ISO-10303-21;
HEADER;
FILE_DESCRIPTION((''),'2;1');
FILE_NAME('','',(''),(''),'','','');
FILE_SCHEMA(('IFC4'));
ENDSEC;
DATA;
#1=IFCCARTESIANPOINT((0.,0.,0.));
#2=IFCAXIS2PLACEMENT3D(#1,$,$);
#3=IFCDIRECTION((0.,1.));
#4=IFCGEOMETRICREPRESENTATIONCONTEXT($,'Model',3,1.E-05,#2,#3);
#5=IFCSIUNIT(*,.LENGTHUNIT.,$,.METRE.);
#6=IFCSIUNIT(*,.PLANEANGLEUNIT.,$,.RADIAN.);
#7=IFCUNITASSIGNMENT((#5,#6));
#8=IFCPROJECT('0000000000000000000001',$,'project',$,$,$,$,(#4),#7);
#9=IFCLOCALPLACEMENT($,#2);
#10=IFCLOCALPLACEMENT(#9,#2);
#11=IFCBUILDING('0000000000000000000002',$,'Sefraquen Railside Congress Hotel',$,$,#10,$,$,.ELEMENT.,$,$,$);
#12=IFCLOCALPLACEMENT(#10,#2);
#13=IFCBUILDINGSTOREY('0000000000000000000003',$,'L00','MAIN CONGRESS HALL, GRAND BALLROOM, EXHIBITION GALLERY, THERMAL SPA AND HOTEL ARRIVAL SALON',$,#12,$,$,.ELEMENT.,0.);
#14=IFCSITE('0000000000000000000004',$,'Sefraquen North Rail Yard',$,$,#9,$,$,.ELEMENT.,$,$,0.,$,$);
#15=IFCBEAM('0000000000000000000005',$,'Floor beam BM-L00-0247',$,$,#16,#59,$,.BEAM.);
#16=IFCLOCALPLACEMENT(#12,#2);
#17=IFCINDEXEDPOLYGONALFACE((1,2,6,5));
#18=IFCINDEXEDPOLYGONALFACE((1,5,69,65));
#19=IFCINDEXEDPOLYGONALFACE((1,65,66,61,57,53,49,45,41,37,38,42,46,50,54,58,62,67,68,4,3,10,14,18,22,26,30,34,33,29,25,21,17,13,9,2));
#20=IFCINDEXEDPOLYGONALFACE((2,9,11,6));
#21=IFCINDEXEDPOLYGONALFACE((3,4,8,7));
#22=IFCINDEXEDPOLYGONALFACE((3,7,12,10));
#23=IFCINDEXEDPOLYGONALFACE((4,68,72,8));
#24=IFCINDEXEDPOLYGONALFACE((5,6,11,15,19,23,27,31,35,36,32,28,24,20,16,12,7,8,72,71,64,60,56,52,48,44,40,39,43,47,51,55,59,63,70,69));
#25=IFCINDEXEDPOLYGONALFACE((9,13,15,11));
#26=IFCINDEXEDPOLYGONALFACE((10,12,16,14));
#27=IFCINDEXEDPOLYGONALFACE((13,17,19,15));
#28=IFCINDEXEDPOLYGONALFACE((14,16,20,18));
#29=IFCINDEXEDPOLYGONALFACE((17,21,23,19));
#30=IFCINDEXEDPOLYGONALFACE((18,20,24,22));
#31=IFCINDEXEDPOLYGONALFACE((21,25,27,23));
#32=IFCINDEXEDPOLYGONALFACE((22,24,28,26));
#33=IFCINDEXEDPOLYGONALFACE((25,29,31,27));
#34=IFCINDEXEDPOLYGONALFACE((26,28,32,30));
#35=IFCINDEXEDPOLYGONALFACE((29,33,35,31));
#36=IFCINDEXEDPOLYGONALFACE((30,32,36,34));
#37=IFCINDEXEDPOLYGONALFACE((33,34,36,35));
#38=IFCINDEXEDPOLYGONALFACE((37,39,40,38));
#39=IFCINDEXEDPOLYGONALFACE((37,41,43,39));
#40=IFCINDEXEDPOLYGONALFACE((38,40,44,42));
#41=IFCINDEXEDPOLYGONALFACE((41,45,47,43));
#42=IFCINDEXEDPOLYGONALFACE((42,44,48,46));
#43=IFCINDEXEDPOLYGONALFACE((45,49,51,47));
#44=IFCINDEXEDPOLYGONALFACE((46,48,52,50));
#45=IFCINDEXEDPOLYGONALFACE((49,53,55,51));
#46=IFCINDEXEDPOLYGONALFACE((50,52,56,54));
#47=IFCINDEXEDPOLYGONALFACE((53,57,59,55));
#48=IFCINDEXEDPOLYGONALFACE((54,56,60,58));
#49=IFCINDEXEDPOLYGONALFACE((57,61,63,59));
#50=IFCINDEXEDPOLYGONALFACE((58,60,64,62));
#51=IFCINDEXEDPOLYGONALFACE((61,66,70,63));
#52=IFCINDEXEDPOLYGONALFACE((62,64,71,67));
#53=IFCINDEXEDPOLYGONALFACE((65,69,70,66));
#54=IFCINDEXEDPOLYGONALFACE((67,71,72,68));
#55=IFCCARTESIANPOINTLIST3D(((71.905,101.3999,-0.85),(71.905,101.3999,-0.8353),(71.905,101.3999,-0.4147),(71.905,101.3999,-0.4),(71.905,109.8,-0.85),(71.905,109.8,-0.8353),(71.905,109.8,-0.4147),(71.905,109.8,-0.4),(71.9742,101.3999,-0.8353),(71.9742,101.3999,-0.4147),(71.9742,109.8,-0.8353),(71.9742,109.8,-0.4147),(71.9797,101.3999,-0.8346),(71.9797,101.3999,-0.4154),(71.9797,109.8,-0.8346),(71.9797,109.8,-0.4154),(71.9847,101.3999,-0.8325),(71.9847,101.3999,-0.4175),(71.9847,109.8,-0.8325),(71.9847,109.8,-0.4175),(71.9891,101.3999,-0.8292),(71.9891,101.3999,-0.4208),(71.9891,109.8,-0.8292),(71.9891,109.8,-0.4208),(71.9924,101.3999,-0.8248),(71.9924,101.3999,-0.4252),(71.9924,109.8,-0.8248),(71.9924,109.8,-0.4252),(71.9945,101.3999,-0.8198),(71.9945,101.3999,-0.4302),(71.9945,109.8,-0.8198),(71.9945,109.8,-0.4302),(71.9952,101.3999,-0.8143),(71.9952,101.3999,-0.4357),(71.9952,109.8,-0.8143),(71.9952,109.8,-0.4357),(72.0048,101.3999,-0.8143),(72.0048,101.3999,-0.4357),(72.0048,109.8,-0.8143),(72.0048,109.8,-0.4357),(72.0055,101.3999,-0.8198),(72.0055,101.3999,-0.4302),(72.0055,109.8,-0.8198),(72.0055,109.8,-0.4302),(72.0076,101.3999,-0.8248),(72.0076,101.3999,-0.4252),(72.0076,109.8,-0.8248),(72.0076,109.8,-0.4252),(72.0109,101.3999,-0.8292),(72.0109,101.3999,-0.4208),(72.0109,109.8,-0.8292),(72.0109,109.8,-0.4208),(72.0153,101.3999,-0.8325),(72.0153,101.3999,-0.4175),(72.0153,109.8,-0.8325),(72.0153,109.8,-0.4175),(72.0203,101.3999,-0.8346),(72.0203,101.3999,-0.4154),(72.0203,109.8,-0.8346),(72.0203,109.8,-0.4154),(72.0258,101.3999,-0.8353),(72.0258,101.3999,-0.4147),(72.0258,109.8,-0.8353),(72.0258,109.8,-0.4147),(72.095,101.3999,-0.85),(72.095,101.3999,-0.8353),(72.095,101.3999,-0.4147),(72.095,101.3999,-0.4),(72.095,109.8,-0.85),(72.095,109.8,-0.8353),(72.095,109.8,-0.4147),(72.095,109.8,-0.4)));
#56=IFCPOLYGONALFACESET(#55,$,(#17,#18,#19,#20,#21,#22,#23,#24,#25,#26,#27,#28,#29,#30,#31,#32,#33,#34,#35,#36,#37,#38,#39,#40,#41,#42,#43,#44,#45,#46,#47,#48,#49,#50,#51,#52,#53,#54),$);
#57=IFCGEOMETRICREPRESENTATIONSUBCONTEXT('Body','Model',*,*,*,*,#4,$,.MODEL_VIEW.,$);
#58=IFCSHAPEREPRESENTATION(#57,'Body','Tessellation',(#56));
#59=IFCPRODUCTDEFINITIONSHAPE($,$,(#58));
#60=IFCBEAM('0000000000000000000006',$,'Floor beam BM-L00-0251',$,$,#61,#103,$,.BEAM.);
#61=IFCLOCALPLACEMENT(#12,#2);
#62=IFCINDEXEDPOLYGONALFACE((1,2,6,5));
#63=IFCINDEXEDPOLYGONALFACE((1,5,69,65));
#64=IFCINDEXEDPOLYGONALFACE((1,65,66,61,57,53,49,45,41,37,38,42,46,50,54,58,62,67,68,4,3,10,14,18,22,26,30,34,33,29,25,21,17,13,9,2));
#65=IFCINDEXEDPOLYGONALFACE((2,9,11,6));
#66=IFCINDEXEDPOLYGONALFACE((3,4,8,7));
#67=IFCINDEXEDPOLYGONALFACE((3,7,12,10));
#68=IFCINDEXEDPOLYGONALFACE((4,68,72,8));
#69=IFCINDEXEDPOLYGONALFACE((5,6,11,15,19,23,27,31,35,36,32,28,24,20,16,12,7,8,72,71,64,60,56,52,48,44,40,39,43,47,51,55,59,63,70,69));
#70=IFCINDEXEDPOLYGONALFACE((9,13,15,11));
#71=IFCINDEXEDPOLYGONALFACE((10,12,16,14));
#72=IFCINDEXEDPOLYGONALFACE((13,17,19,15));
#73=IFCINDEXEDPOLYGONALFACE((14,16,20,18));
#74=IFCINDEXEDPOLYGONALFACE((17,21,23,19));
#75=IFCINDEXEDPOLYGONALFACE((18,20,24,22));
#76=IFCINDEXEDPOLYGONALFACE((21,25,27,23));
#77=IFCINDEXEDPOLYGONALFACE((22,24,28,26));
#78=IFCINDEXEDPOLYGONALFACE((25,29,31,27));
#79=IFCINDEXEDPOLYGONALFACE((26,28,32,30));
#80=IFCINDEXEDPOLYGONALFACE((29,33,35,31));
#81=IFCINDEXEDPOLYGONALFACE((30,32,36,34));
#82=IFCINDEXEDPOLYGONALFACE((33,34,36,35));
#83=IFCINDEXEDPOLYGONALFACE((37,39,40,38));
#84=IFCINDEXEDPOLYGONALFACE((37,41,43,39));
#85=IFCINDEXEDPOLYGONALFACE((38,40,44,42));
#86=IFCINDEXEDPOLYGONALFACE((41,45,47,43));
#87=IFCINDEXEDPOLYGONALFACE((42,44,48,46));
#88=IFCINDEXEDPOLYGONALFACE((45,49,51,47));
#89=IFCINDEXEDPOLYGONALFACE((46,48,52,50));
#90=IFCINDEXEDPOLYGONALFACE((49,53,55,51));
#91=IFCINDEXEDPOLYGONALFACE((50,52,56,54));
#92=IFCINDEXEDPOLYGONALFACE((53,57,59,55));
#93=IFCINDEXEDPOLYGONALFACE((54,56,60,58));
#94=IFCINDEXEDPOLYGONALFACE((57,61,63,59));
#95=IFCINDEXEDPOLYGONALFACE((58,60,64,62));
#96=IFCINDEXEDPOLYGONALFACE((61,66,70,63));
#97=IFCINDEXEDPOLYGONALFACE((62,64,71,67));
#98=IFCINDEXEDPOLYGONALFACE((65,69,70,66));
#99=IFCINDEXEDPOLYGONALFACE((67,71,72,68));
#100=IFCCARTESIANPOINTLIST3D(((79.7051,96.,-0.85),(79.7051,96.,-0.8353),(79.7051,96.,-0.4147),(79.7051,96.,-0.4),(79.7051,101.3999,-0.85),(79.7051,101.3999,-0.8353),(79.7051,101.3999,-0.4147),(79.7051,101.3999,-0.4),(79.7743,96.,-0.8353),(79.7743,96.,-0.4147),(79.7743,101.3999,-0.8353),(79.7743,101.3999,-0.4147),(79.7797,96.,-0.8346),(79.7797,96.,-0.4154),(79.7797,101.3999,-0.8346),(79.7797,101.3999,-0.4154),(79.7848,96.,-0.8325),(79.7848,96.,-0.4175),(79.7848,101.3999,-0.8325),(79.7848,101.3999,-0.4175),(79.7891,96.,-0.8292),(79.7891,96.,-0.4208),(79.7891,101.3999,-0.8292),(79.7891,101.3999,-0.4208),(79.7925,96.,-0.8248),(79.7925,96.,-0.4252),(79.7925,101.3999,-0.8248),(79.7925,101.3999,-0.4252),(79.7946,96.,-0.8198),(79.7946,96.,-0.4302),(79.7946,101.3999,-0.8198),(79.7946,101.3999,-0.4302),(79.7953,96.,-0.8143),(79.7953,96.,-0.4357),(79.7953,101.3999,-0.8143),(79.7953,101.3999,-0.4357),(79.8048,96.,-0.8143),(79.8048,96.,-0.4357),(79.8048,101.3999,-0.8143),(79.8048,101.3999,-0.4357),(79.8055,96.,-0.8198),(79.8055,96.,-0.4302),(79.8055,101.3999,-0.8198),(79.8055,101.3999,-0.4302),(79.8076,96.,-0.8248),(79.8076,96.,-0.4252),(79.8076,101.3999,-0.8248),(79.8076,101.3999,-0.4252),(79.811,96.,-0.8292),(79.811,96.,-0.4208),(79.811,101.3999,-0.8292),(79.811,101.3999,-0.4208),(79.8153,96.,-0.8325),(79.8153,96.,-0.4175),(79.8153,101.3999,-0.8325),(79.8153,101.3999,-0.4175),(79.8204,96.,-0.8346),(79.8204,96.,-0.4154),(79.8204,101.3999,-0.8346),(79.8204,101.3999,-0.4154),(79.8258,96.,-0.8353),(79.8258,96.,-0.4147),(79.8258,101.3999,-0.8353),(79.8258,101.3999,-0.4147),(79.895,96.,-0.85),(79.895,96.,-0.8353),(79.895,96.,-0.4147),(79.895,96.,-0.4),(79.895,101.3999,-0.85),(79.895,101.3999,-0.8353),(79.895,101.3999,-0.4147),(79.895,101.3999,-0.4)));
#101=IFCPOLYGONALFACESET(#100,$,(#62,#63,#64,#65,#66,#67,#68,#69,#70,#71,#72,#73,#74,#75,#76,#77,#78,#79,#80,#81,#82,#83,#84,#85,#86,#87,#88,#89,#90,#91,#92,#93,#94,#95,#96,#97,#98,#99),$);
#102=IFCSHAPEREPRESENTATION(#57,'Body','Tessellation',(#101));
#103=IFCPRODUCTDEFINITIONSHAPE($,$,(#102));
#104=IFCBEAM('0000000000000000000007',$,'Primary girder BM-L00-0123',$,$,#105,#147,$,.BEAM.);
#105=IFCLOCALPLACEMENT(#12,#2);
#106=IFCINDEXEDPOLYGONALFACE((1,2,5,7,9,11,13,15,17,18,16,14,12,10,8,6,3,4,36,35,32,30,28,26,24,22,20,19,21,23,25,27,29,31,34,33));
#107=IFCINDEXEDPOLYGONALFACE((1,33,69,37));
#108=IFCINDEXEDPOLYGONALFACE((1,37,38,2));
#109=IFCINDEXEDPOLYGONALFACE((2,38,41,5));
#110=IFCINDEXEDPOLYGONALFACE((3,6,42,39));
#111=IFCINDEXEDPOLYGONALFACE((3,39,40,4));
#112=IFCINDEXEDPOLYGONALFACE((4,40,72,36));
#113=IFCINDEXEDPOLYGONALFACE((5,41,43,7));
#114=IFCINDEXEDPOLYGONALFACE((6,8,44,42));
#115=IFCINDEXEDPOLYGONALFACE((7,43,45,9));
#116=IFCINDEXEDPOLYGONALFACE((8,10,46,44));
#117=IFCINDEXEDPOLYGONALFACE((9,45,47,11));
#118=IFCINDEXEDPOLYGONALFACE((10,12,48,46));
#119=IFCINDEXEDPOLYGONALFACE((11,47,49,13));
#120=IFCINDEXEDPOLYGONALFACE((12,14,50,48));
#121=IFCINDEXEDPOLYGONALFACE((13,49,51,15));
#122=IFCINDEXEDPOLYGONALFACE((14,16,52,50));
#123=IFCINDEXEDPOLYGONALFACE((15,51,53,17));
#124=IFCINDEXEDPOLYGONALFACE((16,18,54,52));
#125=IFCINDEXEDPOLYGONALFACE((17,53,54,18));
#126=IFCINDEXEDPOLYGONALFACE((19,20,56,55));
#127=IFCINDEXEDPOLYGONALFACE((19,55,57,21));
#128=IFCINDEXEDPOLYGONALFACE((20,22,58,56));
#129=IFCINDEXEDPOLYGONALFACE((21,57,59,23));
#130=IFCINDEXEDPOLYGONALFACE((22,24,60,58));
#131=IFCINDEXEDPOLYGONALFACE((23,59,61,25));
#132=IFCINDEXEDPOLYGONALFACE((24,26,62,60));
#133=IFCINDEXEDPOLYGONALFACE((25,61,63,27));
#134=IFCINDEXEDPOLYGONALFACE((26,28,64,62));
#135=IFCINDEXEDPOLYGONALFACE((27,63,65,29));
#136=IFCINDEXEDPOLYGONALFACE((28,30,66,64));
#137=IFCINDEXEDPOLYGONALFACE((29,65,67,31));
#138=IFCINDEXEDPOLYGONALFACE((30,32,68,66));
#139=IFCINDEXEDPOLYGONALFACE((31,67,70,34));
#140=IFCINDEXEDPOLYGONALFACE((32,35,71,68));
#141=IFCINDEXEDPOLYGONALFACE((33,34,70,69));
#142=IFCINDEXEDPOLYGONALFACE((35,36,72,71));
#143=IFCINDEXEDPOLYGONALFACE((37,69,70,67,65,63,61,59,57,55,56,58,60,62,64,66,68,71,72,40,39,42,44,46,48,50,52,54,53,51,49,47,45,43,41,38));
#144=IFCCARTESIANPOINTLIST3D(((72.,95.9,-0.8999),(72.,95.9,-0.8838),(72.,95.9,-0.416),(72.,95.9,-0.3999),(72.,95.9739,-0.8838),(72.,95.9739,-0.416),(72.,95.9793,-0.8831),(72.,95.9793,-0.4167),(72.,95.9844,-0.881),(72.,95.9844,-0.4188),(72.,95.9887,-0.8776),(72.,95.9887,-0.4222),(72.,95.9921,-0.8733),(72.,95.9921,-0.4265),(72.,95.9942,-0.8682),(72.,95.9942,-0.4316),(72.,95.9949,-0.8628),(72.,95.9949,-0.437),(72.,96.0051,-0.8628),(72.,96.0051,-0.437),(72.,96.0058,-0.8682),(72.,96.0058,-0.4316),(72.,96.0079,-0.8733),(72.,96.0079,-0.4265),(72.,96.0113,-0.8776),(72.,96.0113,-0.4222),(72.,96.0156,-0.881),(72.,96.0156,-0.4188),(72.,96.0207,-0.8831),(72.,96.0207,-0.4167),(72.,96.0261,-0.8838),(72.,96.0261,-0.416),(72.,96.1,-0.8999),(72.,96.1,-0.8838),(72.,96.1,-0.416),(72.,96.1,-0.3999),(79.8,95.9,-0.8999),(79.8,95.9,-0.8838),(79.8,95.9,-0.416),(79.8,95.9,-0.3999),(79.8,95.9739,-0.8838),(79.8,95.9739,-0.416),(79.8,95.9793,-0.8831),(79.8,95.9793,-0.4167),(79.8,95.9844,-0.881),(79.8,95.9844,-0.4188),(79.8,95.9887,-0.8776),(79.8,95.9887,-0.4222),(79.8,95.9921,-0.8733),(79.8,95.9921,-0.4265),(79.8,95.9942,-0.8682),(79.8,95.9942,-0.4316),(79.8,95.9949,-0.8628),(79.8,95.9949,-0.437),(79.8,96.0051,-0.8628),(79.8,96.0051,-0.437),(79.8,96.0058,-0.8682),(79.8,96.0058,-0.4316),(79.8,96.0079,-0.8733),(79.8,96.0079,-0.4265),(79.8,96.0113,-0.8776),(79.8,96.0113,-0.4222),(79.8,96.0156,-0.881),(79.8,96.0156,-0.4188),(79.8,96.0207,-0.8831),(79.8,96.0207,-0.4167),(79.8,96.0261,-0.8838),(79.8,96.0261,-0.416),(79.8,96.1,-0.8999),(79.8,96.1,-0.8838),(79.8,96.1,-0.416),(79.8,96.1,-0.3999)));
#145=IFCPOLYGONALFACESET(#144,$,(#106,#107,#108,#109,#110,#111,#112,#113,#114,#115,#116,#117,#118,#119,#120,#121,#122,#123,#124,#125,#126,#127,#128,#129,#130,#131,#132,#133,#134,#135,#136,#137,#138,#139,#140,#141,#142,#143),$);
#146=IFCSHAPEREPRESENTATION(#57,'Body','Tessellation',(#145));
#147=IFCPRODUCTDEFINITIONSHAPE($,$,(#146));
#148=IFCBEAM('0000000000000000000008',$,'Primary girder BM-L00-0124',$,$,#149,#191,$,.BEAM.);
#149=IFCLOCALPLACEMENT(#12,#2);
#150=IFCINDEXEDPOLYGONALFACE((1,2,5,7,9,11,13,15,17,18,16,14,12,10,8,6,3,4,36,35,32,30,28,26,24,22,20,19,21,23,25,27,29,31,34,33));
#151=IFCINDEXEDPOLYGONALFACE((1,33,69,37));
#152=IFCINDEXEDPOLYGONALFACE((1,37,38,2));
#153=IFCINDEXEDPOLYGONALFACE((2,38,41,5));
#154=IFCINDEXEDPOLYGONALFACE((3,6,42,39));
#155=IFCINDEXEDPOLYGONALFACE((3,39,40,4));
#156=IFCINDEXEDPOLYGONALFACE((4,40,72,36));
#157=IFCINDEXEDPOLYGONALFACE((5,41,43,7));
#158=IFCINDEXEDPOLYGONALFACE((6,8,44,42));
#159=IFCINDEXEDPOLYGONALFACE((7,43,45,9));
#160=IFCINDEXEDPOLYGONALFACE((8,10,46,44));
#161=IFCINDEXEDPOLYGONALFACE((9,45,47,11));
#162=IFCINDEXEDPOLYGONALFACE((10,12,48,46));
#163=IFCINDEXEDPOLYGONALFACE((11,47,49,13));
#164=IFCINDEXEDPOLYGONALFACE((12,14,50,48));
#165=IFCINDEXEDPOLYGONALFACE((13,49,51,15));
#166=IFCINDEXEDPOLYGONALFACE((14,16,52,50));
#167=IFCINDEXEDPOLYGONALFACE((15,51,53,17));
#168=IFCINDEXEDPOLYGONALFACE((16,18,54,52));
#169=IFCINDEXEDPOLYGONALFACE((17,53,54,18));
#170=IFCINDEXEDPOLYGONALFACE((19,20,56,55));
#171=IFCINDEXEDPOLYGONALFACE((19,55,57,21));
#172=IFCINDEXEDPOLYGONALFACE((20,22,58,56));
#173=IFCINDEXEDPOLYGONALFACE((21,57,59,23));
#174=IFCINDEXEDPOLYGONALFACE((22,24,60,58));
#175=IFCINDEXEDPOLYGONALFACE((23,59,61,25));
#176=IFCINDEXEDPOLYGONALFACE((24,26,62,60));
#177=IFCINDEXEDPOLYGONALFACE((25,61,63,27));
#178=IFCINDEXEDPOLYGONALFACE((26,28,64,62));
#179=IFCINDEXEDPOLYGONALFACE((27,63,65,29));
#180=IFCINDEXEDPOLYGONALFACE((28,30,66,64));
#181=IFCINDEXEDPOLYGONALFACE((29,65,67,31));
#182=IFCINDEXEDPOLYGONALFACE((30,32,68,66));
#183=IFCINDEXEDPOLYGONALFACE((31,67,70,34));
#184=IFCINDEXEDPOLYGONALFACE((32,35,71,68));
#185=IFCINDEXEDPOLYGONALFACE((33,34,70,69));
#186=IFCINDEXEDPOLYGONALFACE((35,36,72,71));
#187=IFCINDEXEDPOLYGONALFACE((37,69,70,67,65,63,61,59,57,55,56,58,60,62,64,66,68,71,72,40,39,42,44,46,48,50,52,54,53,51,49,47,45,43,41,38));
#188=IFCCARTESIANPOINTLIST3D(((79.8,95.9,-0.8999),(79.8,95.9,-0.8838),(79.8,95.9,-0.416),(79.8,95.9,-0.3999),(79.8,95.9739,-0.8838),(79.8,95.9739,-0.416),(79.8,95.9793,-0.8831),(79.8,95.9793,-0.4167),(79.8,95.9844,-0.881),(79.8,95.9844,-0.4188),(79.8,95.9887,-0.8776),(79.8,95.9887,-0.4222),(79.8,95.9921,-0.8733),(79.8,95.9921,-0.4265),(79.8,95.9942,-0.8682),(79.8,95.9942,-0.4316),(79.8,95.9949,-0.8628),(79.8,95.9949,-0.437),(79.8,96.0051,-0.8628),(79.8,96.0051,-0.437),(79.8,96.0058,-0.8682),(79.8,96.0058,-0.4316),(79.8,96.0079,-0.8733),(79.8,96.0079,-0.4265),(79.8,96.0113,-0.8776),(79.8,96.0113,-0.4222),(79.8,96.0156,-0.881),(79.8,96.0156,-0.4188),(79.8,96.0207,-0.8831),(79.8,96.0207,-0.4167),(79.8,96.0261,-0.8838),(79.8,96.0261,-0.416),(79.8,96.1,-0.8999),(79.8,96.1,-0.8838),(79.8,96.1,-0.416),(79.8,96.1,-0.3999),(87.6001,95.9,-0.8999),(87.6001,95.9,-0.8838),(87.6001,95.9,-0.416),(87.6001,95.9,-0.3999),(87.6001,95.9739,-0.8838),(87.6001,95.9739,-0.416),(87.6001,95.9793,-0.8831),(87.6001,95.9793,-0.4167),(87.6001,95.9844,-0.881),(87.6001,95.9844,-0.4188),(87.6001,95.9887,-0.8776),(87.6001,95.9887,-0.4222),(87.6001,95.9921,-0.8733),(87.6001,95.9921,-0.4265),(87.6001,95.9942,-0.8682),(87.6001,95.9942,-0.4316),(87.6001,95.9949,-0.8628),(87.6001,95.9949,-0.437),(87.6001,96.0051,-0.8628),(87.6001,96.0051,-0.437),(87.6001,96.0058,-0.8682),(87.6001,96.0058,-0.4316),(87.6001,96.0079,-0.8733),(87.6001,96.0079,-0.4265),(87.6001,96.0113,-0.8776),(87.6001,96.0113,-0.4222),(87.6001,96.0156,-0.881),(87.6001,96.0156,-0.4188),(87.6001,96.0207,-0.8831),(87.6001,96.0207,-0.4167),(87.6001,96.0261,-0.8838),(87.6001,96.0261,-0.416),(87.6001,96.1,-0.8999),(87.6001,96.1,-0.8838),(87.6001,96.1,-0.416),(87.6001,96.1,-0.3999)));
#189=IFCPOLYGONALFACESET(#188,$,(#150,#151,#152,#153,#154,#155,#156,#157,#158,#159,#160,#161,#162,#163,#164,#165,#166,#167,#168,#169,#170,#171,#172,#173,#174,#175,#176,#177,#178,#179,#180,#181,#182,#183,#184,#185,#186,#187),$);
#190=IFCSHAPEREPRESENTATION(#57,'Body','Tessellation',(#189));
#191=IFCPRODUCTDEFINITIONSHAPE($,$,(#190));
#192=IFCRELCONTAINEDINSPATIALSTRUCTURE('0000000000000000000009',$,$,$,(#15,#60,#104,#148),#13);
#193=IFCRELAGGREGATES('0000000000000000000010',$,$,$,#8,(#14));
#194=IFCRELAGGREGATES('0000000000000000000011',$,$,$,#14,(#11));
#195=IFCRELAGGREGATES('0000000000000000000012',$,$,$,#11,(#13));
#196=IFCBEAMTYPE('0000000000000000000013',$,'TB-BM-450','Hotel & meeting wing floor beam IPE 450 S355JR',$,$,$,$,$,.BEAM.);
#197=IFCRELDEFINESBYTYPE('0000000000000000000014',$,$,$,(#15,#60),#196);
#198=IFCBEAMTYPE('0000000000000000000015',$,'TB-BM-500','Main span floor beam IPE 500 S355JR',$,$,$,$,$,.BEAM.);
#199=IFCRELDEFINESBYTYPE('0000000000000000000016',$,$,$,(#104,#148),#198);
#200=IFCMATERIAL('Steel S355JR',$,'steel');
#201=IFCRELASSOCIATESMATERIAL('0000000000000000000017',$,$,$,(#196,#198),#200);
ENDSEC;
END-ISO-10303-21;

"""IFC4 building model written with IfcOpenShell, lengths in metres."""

from ifc_helpers import new_model, si_unit, direction, frame, origin, origin_2d, place, context, subcontext, project, spatial, i_section, extrude, material, material_profile, profile_set, type_object, element, save


model = new_model("IFC4")

# Units and contexts
model_context = context("Model", 3, precision=1e-05, world=origin(), true_north=direction((0.0, 1.0)))
body_context = subcontext(model_context, "Body", "Model", "MODEL_VIEW")
ifc_project = project(units=[si_unit("LENGTHUNIT", "METRE"), si_unit("PLANEANGLEUNIT", "RADIAN")], contexts=[model_context])

# Site, building, storey
site_placement = place(None, origin())
site = spatial("IfcSite", under=ifc_project, at=site_placement, Name="Sefraquen North Rail Yard", CompositionType="ELEMENT", RefElevation=0.0)
building_placement = place(site_placement, origin())
building = spatial("IfcBuilding", under=site, at=building_placement, Name="Sefraquen Railside Congress Hotel", CompositionType="ELEMENT")
storey_placement = place(building_placement, origin())
storey = spatial("IfcBuildingStorey", under=building, at=storey_placement, Name="L00", Description="MAIN CONGRESS HALL, GRAND BALLROOM, EXHIBITION GALLERY, THERMAL SPA AND HOTEL ARRIVAL SALON", CompositionType="ELEMENT", Elevation=0.0)

# Shared definitions
ifc_material_1 = material(Name="Steel S355JR", Category="steel")

# Beams
ifc_material_profile_1 = material_profile(ifc_material_1, i_section(OverallWidth=0.1899, OverallDepth=0.45, WebThickness=0.0095, FlangeThickness=0.0146, FilletRadius=0.021, at=origin_2d()), Name="IPE 450")
ifc_profile_set_1 = profile_set([ifc_material_profile_1], Name="Steel S355JR")
beam_type_1 = type_object("IfcBeamType", Name="TB-BM-450", Description="Hotel & meeting wing floor beam IPE 450 S355JR", PredefinedType="BEAM", material=ifc_profile_set_1)
beam_1_placement = place(storey_placement, frame((72.0, 101.3999, -0.625), z_axis=(0.0, 1.0, 0.0), x_axis=(-1.0, 0.0, 0.0)))
element("IfcBeam", 1, at=beam_1_placement, inside=storey, type_object=beam_type_1, Name="Floor beam BM-L00-0247", PredefinedType="BEAM", context=body_context, shape_type="SweptSolid", body=[
    extrude(i_section(OverallWidth=0.1899, OverallDepth=0.45, WebThickness=0.0095, FlangeThickness=0.0146, FilletRadius=0.021, at=origin_2d()), origin(), (0.0, 0.0, 1.0), 8.4001),
])
beam_2_placement = place(storey_placement, frame((79.8, 96.0, -0.625), z_axis=(0.0, 1.0, 0.0), x_axis=(-1.0, 0.0, 0.0)))
element("IfcBeam", 2, at=beam_2_placement, inside=storey, type_object=beam_type_1, Name="Floor beam BM-L00-0251", PredefinedType="BEAM", context=body_context, shape_type="SweptSolid", body=[
    extrude(i_section(OverallWidth=0.1899, OverallDepth=0.45, WebThickness=0.0095, FlangeThickness=0.0146, FilletRadius=0.021, at=origin_2d()), origin(), (0.0, 0.0, 1.0), 5.3999),
])
ifc_material_profile_2 = material_profile(ifc_material_1, i_section(OverallWidth=0.2, OverallDepth=0.5, WebThickness=0.0103, FlangeThickness=0.0161, FilletRadius=0.021, at=origin_2d()), Name="IPE 500")
ifc_profile_set_2 = profile_set([ifc_material_profile_2], Name="Steel S355JR")
beam_type_2 = type_object("IfcBeamType", Name="TB-BM-500", Description="Main span floor beam IPE 500 S355JR", PredefinedType="BEAM", material=ifc_profile_set_2)
for number, where, z_axis, x_axis, name in (
    (3, (72.0, 96.0, -0.6499), (1.0, 0.0, 0.0), (0.0, 1.0, 0.0), "Primary girder BM-L00-0123"),
    (4, (79.8, 96.0, -0.6499), (1.0, 0.0, 0.0), (0.0, 1.0, 0.0), "Primary girder BM-L00-0124"),
):
    element("IfcBeam", number, at=place(storey_placement, frame(where, z_axis=z_axis, x_axis=x_axis)), inside=storey, type_object=beam_type_2, Name=name, PredefinedType="BEAM", context=body_context, shape_type="SweptSolid", body=[
        extrude(i_section(OverallWidth=0.2, OverallDepth=0.5, WebThickness=0.0103, FlangeThickness=0.0161, FilletRadius=0.021, at=origin_2d()), origin(), (0.0, 0.0, 1.0), 7.8),
    ])

save(model, "model.ifc")
